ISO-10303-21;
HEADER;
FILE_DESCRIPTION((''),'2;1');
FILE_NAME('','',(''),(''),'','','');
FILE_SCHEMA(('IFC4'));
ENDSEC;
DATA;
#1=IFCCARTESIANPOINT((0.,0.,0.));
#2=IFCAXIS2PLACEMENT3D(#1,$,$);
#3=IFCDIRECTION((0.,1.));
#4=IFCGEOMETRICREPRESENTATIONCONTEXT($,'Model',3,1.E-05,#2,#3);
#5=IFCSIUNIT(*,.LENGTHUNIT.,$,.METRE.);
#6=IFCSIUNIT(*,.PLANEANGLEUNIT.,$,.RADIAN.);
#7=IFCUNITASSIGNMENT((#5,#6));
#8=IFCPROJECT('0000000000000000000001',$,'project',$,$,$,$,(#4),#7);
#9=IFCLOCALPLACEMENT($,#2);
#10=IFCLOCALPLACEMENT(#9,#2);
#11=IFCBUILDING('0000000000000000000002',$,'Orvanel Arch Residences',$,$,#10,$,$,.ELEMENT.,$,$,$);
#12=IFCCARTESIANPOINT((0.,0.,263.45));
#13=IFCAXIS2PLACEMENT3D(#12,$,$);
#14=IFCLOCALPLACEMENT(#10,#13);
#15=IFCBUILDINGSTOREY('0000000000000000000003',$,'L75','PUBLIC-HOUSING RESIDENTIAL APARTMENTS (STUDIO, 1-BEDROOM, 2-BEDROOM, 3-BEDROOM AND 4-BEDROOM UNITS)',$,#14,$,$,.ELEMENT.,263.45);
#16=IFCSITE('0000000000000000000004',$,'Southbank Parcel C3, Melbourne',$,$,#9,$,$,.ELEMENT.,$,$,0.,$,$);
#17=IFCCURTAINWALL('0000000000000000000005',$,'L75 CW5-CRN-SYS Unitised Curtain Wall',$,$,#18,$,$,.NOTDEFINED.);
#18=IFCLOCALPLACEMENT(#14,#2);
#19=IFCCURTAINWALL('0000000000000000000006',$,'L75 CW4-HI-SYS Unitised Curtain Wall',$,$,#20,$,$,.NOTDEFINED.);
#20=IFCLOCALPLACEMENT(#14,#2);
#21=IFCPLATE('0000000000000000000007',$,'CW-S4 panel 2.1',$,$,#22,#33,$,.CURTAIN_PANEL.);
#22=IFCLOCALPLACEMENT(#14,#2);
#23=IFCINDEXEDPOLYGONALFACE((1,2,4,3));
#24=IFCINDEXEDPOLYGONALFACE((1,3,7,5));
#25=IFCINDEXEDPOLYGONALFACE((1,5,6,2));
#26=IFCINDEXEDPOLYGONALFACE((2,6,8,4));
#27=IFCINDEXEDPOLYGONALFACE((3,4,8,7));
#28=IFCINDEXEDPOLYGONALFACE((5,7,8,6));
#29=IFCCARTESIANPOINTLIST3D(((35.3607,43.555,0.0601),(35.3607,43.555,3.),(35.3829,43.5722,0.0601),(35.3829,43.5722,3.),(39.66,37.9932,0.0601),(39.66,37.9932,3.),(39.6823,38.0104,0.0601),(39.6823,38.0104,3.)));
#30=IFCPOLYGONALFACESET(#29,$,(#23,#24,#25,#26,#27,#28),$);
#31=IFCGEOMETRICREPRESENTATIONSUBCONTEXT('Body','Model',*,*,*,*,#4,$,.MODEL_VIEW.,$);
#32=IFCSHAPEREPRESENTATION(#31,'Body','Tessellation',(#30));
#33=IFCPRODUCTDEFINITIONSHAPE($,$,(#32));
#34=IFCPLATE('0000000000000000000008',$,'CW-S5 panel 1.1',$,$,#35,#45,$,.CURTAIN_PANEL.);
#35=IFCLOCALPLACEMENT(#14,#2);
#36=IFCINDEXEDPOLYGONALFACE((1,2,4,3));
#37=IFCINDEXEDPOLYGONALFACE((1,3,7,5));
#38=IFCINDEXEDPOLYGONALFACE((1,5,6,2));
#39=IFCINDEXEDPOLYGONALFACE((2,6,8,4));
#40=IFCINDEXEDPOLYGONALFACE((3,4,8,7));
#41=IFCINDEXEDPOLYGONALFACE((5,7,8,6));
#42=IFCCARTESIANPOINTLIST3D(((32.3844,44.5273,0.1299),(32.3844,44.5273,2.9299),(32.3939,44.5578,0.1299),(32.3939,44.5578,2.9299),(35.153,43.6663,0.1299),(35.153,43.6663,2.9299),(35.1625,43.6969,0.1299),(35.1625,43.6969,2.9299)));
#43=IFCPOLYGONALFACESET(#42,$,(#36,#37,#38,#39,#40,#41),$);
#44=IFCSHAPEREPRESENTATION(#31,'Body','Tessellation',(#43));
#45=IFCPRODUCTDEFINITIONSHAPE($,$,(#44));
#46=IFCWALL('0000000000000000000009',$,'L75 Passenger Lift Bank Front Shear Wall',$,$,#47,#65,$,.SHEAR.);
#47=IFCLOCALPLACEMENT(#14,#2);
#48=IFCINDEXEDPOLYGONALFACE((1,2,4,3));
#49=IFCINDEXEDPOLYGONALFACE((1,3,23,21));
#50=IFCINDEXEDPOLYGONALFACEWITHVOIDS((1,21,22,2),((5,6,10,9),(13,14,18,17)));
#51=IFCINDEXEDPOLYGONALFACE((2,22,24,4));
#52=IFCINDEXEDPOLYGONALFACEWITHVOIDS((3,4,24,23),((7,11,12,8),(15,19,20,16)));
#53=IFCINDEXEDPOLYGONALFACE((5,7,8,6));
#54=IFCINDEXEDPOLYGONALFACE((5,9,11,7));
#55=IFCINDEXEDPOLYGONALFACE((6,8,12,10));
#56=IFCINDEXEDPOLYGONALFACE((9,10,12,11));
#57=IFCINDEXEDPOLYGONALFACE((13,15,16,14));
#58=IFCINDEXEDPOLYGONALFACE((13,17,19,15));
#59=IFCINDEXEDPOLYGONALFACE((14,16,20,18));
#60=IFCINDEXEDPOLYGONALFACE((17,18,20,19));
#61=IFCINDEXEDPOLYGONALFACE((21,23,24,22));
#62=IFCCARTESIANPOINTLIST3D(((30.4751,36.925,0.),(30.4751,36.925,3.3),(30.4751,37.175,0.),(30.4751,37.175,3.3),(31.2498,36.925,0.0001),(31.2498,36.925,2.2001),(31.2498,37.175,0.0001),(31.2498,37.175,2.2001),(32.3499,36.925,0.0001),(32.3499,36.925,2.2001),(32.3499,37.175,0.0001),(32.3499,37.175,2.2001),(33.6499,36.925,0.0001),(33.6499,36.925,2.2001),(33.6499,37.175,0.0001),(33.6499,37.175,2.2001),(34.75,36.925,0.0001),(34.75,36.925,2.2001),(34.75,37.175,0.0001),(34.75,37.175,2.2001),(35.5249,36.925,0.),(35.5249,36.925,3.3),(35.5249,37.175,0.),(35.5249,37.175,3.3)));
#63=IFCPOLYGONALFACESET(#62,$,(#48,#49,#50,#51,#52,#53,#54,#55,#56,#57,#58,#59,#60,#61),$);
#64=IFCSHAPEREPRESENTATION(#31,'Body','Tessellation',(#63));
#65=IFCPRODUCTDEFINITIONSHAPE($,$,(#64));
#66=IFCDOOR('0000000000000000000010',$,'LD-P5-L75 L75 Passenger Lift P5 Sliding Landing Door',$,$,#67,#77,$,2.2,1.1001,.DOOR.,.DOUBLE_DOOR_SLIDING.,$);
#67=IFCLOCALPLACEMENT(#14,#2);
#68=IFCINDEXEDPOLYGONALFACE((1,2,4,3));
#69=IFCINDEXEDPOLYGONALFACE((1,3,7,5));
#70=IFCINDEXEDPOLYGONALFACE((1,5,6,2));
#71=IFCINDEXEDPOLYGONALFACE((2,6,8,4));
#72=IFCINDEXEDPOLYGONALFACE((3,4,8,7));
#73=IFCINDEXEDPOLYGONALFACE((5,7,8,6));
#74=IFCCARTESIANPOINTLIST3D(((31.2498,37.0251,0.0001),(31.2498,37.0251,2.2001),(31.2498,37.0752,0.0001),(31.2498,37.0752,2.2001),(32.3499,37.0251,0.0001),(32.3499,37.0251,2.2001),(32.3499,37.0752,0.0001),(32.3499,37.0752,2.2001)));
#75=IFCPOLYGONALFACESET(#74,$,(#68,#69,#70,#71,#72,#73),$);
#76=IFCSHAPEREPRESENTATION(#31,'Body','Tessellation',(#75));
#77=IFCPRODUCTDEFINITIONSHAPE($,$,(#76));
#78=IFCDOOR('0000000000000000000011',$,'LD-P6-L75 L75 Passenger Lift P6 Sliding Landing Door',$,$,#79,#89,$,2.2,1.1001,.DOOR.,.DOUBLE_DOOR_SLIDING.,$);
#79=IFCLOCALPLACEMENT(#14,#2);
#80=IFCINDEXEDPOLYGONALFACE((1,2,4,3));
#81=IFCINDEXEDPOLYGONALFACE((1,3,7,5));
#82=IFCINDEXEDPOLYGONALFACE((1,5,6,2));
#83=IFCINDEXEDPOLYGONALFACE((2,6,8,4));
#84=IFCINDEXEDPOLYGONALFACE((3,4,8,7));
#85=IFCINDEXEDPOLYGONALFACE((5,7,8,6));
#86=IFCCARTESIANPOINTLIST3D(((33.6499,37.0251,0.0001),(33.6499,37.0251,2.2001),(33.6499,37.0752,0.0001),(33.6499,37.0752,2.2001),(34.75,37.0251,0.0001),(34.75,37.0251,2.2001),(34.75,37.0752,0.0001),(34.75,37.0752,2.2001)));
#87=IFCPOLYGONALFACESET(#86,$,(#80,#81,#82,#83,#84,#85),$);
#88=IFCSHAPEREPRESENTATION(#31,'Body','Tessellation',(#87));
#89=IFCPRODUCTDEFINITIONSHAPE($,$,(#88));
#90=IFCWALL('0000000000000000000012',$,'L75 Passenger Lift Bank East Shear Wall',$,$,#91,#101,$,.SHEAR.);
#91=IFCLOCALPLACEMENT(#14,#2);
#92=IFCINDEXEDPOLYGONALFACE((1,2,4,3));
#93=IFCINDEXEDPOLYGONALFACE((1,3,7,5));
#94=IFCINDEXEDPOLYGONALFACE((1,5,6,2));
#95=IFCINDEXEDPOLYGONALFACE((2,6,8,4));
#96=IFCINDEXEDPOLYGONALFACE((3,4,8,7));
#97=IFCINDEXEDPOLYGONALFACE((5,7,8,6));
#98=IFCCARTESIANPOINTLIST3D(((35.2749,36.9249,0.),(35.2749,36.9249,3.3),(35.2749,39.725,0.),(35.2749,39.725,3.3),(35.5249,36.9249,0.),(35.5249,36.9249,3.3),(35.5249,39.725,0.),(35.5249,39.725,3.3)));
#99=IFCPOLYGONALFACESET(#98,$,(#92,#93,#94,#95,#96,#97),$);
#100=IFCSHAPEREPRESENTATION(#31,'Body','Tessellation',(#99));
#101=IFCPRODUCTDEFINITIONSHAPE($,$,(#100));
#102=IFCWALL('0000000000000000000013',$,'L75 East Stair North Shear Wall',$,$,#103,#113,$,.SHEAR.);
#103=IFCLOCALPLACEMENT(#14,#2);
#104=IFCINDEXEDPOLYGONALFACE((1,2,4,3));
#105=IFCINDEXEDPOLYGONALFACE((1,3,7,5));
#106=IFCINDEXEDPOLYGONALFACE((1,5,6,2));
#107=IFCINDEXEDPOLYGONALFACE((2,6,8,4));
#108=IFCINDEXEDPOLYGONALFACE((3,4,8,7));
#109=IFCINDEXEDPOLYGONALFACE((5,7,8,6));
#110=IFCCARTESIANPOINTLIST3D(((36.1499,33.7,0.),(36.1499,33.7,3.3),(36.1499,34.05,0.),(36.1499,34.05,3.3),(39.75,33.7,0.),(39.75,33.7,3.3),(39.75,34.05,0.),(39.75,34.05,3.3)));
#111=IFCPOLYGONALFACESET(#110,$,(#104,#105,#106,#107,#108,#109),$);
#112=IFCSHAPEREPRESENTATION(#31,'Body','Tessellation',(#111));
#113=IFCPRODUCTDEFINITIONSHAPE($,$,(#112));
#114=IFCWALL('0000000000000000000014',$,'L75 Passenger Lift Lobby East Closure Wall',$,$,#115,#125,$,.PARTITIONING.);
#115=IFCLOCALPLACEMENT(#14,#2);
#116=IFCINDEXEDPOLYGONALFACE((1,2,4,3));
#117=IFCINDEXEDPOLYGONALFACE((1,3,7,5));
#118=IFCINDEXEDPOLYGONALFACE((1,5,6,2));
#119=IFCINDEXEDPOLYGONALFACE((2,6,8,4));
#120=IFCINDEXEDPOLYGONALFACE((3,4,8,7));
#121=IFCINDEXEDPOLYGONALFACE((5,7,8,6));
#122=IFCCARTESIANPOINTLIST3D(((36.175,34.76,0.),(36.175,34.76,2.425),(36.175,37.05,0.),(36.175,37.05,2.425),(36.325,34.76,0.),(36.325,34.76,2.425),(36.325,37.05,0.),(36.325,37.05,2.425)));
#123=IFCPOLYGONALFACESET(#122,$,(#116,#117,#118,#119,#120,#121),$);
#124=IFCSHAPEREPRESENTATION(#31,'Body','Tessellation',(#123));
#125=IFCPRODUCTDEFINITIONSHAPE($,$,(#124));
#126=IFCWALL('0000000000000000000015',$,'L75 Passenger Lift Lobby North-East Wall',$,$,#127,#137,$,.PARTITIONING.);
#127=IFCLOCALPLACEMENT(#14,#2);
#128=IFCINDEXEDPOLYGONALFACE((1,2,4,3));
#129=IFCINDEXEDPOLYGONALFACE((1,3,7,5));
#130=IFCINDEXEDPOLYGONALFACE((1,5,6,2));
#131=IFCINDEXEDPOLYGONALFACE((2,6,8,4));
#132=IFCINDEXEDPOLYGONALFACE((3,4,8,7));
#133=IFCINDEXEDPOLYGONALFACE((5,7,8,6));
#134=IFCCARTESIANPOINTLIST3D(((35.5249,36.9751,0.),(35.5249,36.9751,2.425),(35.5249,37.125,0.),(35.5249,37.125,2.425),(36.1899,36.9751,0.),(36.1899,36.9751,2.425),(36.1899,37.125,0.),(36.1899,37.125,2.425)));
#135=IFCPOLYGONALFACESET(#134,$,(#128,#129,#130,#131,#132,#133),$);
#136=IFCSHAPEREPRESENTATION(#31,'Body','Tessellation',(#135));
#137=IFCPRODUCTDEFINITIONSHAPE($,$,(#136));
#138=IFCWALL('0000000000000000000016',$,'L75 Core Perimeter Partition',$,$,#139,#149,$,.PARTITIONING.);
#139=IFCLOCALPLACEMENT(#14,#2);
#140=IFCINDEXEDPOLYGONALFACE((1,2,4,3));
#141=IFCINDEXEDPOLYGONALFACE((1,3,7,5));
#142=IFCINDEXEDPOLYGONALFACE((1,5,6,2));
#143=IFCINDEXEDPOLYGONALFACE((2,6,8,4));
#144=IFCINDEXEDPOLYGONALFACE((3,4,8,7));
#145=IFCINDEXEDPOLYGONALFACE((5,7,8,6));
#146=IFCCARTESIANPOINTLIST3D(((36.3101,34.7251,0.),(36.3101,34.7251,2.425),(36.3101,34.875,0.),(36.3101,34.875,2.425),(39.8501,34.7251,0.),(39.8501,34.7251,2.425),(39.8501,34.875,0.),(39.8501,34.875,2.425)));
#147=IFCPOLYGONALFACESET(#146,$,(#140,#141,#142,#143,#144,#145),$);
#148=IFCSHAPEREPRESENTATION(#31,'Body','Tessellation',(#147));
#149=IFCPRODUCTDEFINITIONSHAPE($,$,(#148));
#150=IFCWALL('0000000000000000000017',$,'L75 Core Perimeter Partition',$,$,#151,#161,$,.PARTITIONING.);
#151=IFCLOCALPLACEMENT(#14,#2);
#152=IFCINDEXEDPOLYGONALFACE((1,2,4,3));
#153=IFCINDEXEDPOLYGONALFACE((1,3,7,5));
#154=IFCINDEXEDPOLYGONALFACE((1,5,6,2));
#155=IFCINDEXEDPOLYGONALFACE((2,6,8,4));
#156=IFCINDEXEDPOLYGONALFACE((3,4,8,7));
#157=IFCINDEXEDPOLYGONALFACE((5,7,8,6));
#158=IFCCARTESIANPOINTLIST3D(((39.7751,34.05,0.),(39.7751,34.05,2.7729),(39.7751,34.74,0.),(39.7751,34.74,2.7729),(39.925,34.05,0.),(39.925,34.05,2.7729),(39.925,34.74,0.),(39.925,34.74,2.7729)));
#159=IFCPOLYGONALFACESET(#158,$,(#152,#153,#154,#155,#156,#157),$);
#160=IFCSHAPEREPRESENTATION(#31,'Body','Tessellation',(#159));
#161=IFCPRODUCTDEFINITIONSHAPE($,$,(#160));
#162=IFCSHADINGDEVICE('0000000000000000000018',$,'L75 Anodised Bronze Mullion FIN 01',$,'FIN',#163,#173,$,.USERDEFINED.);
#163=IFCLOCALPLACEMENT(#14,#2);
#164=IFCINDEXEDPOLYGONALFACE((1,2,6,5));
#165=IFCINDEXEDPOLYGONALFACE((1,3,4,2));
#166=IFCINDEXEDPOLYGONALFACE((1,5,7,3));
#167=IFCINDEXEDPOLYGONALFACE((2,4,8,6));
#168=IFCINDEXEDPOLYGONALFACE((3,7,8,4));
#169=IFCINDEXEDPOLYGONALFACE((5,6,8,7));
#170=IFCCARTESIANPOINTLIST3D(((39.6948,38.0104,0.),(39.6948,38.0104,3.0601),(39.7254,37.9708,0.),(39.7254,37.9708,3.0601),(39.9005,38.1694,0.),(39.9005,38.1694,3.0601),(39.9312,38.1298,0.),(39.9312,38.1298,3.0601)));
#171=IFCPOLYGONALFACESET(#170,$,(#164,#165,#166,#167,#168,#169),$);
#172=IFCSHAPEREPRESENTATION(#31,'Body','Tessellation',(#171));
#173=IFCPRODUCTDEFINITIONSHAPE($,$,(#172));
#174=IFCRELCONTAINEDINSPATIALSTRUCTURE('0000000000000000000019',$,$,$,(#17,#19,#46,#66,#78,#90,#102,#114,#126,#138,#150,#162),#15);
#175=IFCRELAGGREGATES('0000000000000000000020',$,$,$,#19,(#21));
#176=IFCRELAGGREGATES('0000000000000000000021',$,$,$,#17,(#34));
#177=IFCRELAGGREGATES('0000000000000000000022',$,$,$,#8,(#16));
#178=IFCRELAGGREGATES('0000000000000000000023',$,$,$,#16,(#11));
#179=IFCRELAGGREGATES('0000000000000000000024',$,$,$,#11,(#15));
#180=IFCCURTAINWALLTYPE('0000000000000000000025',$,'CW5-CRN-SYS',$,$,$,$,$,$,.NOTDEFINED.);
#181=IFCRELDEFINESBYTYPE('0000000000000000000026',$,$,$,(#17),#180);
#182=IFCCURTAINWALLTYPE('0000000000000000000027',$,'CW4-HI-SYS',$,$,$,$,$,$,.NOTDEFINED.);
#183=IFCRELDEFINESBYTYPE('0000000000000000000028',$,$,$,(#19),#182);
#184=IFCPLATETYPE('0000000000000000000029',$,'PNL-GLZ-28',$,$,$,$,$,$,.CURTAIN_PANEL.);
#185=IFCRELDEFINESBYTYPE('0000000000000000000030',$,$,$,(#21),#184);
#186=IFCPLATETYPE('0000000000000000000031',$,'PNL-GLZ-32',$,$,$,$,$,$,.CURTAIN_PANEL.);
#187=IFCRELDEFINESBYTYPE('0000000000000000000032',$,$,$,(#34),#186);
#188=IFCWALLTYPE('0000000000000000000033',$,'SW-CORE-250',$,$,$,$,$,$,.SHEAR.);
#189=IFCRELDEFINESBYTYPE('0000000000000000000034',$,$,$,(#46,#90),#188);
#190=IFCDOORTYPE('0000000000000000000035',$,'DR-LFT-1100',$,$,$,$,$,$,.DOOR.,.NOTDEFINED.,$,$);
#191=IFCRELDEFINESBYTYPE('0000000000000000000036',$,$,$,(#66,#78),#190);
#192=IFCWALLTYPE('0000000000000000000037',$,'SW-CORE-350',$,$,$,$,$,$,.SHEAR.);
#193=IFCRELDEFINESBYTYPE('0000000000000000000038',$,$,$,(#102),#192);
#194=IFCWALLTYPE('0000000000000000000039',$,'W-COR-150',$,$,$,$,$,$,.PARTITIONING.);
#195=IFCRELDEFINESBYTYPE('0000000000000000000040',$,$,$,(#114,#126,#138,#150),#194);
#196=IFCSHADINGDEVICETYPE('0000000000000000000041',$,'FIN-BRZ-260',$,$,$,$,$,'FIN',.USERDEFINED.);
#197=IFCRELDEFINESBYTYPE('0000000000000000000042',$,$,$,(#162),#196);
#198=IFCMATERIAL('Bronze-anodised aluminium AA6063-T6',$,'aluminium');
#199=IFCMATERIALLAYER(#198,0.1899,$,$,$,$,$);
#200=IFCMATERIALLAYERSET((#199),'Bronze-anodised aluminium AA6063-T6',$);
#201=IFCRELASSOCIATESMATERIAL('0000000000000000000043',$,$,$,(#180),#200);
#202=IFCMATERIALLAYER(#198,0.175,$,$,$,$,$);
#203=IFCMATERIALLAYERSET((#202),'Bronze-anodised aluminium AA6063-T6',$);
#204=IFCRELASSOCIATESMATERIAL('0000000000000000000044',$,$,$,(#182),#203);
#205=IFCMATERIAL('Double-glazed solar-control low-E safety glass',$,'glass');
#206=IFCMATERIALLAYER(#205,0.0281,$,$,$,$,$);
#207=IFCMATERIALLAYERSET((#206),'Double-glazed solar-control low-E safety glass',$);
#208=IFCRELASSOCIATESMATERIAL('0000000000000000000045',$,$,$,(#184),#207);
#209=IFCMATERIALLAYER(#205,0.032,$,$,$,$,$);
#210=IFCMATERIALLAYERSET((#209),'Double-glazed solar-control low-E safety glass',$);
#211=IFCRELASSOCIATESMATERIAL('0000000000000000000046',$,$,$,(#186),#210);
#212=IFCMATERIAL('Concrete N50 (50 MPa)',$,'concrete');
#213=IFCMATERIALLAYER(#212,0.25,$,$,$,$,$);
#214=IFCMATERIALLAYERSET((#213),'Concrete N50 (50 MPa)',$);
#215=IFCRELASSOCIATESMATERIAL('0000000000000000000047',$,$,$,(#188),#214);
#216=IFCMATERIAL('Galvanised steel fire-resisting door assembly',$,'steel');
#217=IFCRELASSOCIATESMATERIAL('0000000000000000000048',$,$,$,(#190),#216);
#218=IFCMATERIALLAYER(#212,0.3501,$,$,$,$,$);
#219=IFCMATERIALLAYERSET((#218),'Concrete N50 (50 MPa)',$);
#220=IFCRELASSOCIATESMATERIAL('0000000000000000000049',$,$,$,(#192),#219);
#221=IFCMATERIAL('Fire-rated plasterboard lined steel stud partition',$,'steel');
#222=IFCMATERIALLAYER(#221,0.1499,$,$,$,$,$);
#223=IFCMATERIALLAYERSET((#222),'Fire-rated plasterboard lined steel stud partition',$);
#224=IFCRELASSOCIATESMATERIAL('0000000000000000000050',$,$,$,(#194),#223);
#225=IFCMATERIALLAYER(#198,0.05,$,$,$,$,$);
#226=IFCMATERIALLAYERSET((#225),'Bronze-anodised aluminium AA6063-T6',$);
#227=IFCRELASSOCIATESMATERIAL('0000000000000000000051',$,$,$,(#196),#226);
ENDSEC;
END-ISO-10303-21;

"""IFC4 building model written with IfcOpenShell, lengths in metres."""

from ifc_helpers import new_model, si_unit, direction, frame, frame_2d, origin, origin_2d, place, context, subcontext, project, spatial, rectangle, extrude, material, layer, layer_set, type_object, element, fill, aggregate, save


model = new_model("IFC4")

# Units and contexts
model_context = context("Model", 3, precision=1e-05, world=origin(), true_north=direction((0.0, 1.0)))
body_context = subcontext(model_context, "Body", "Model", "MODEL_VIEW")
ifc_project = project(units=[si_unit("LENGTHUNIT", "METRE"), si_unit("PLANEANGLEUNIT", "RADIAN")], contexts=[model_context])

# Site, building, storey
site_placement = place(None, origin())
site = spatial("IfcSite", under=ifc_project, at=site_placement, Name="Southbank Parcel C3, Melbourne", CompositionType="ELEMENT", RefElevation=0.0)
building_placement = place(site_placement, origin())
building = spatial("IfcBuilding", under=site, at=building_placement, Name="Orvanel Arch Residences", CompositionType="ELEMENT")
storey_placement = place(building_placement, frame((0.0, 0.0, 263.45)))
storey = spatial("IfcBuildingStorey", under=building, at=storey_placement, Name="L75", Description="PUBLIC-HOUSING RESIDENTIAL APARTMENTS (STUDIO, 1-BEDROOM, 2-BEDROOM, 3-BEDROOM AND 4-BEDROOM UNITS)", CompositionType="ELEMENT", Elevation=263.45)

# Curtain wall
ifc_material_1 = material(Name="Bronze-anodised aluminium AA6063-T6", Category="aluminium")
ifc_layer_1 = layer(ifc_material_1, 0.1899)
ifc_layer_set_1 = layer_set([ifc_layer_1], Name="Bronze-anodised aluminium AA6063-T6")
curtain_wall_type_1 = type_object("IfcCurtainWallType", Name="CW5-CRN-SYS", PredefinedType="NOTDEFINED", material=ifc_layer_set_1)
curtain_wall_1_placement = place(storey_placement, origin())
curtain_wall_1 = element("IfcCurtainWall", 1, at=curtain_wall_1_placement, inside=storey, type_object=curtain_wall_type_1, Name="L75 CW5-CRN-SYS Unitised Curtain Wall", PredefinedType="NOTDEFINED")

# Curtain wall
ifc_layer_2 = layer(ifc_material_1, 0.175)
ifc_layer_set_2 = layer_set([ifc_layer_2], Name="Bronze-anodised aluminium AA6063-T6")
curtain_wall_type_2 = type_object("IfcCurtainWallType", Name="CW4-HI-SYS", PredefinedType="NOTDEFINED", material=ifc_layer_set_2)
curtain_wall_2_placement = place(storey_placement, origin())
curtain_wall_2 = element("IfcCurtainWall", 2, at=curtain_wall_2_placement, inside=storey, type_object=curtain_wall_type_2, Name="L75 CW4-HI-SYS Unitised Curtain Wall", PredefinedType="NOTDEFINED")

# Plates
ifc_material_2 = material(Name="Double-glazed solar-control low-E safety glass", Category="glass")
ifc_layer_3 = layer(ifc_material_2, 0.0281)
ifc_layer_set_3 = layer_set([ifc_layer_3], Name="Double-glazed solar-control low-E safety glass")
plate_type_1 = type_object("IfcPlateType", Name="PNL-GLZ-28", PredefinedType="CURTAIN_PANEL", material=ifc_layer_set_3)
plate_1_placement = place(storey_placement, frame((37.5215, 40.7827, 0.0601), z_axis=(0.0, 0.0, 1.0), x_axis=(-0.611587, 0.791177, 0.0)))
plate_1 = element("IfcPlate", 3, at=plate_1_placement, type_object=plate_type_1, Name="CW-S4 panel 2.1", PredefinedType="CURTAIN_PANEL", context=body_context, shape_type="SweptSolid", body=[
    extrude(rectangle(XDim=7.0298, YDim=0.0281, at=origin_2d()), origin(), (0.0, 0.0, 1.0), 2.9399),
])
aggregate(curtain_wall_2, [plate_1])
ifc_layer_4 = layer(ifc_material_2, 0.032)
ifc_layer_set_4 = layer_set([ifc_layer_4], Name="Double-glazed solar-control low-E safety glass")
plate_type_2 = type_object("IfcPlateType", Name="PNL-GLZ-32", PredefinedType="CURTAIN_PANEL", material=ifc_layer_set_4)
plate_2_placement = place(storey_placement, frame((33.7734, 44.1121, 0.1299), z_axis=(0.0, 0.0, 1.0), x_axis=(-0.954896, 0.29694, 0.0)))
plate_2 = element("IfcPlate", 4, at=plate_2_placement, type_object=plate_type_2, Name="CW-S5 panel 1.1", PredefinedType="CURTAIN_PANEL", context=body_context, shape_type="SweptSolid", body=[
    extrude(rectangle(XDim=2.8994, YDim=0.032, at=origin_2d()), origin(), (0.0, 0.0, 1.0), 2.8),
])
aggregate(curtain_wall_1, [plate_2])

# Wall, openings, doors
ifc_material_3 = material(Name="Concrete N50 (50 MPa)", Category="concrete")
ifc_layer_5 = layer(ifc_material_3, 0.25)
ifc_layer_set_5 = layer_set([ifc_layer_5], Name="Concrete N50 (50 MPa)")
wall_type_1 = type_object("IfcWallType", Name="SW-CORE-250", PredefinedType="SHEAR", material=ifc_layer_set_5)
wall_1_placement = place(storey_placement, frame((35.5249, 37.05, 0.0), z_axis=(0.0, 0.0, 1.0), x_axis=(-1.0, 0.0, 0.0)))
wall_1 = element("IfcWall", 5, at=wall_1_placement, inside=storey, type_object=wall_type_1, Name="L75 Passenger Lift Bank Front Shear Wall", PredefinedType="SHEAR", context=body_context, shape_type="SweptSolid", body=[
    extrude(rectangle(XDim=5.0498, YDim=0.25, at=frame_2d((2.5249, 0.0))), origin(), (0.0, 0.0, 1.0), 3.3),
])
opening_1_placement = place(wall_1_placement, frame((3.175, 0.0, 0.0)))
opening_1 = element("IfcOpeningElement", 6, at=opening_1_placement, cuts=wall_1, PredefinedType="OPENING", context=body_context, shape_type="SweptSolid", body=[
    extrude(rectangle(XDim=1.1001, YDim=2.2, at=frame_2d((0.55, 1.1001))), frame((0.0, 0.135, 0.0), z_axis=(0.0, -1.0, 0.0), x_axis=(1.0, 0.0, 0.0)), (0.0, 0.0, 1.0), 0.27),
])
opening_2_placement = place(wall_1_placement, frame((0.7749, 0.0, 0.0)))
opening_2 = element("IfcOpeningElement", 7, at=opening_2_placement, cuts=wall_1, PredefinedType="OPENING", context=body_context, shape_type="SweptSolid", body=[
    extrude(rectangle(XDim=1.1001, YDim=2.2, at=frame_2d((0.55, 1.1001))), frame((0.0, 0.135, 0.0), z_axis=(0.0, -1.0, 0.0), x_axis=(1.0, 0.0, 0.0)), (0.0, 0.0, 1.0), 0.27),
])
ifc_material_4 = material(Name="Galvanised steel fire-resisting door assembly", Category="steel")
door_type = type_object("IfcDoorType", Name="DR-LFT-1100", OperationType="NOTDEFINED", PredefinedType="DOOR", material=ifc_material_4)
door_1_placement = place(opening_1_placement, origin())
door_1 = element("IfcDoor", 8, at=door_1_placement, inside=storey, type_object=door_type, Name="LD-P5-L75 L75 Passenger Lift P5 Sliding Landing Door", OperationType="DOUBLE_DOOR_SLIDING", OverallHeight=2.2, OverallWidth=1.1001, PredefinedType="DOOR", context=body_context, shape_type="SweptSolid", body=[
    extrude(rectangle(XDim=1.1001, YDim=2.2, at=frame_2d((0.55, 1.1001))), frame((0.0, 0.0249, 0.0), z_axis=(0.0, -1.0, 0.0), x_axis=(1.0, 0.0, 0.0)), (0.0, 0.0, 1.0), 0.05),
])
fill(opening_1, door_1)
door_2_placement = place(opening_2_placement, origin())
door_2 = element("IfcDoor", 9, at=door_2_placement, inside=storey, type_object=door_type, Name="LD-P6-L75 L75 Passenger Lift P6 Sliding Landing Door", OperationType="DOUBLE_DOOR_SLIDING", OverallHeight=2.2, OverallWidth=1.1001, PredefinedType="DOOR", context=body_context, shape_type="SweptSolid", body=[
    extrude(rectangle(XDim=1.1001, YDim=2.2, at=frame_2d((0.55, 1.1001))), frame((0.0, 0.0249, 0.0), z_axis=(0.0, -1.0, 0.0), x_axis=(1.0, 0.0, 0.0)), (0.0, 0.0, 1.0), 0.05),
])
fill(opening_2, door_2)

# Walls
wall_2_placement = place(storey_placement, frame((35.3999, 36.925, 0.0), z_axis=(0.0, 0.0, 1.0), x_axis=(0.0, 1.0, 0.0)))
element("IfcWall", 10, at=wall_2_placement, inside=storey, type_object=wall_type_1, Name="L75 Passenger Lift Bank East Shear Wall", PredefinedType="SHEAR", context=body_context, shape_type="SweptSolid", body=[
    extrude(rectangle(XDim=2.8, YDim=0.25, at=frame_2d((1.3999, 0.0))), origin(), (0.0, 0.0, 1.0), 3.3),
])
ifc_layer_6 = layer(ifc_material_3, 0.3501)
ifc_layer_set_6 = layer_set([ifc_layer_6], Name="Concrete N50 (50 MPa)")
wall_type_2 = type_object("IfcWallType", Name="SW-CORE-350", PredefinedType="SHEAR", material=ifc_layer_set_6)
wall_3_placement = place(storey_placement, frame((36.1499, 33.875, 0.0), z_axis=(0.0, 0.0, 1.0), x_axis=(1.0, 0.0, 0.0)))
element("IfcWall", 11, at=wall_3_placement, inside=storey, type_object=wall_type_2, Name="L75 East Stair North Shear Wall", PredefinedType="SHEAR", context=body_context, shape_type="SweptSolid", body=[
    extrude(rectangle(XDim=3.6001, YDim=0.3501, at=frame_2d((1.8, 0.0))), origin(), (0.0, 0.0, 1.0), 3.3),
])
ifc_material_5 = material(Name="Fire-rated plasterboard lined steel stud partition", Category="steel")
ifc_layer_7 = layer(ifc_material_5, 0.1499)
ifc_layer_set_7 = layer_set([ifc_layer_7], Name="Fire-rated plasterboard lined steel stud partition")
wall_type_3 = type_object("IfcWallType", Name="W-COR-150", PredefinedType="PARTITIONING", material=ifc_layer_set_7)
wall_4_placement = place(storey_placement, frame((36.25, 34.76, 0.0), z_axis=(0.0, 0.0, 1.0), x_axis=(0.0, 1.0, 0.0)))
element("IfcWall", 12, at=wall_4_placement, inside=storey, type_object=wall_type_3, Name="L75 Passenger Lift Lobby East Closure Wall", PredefinedType="PARTITIONING", context=body_context, shape_type="SweptSolid", body=[
    extrude(rectangle(XDim=2.29, YDim=0.1499, at=frame_2d((1.145, 0.0))), origin(), (0.0, 0.0, 1.0), 2.425),
])
wall_5_placement = place(storey_placement, frame((35.5249, 37.05, 0.0), z_axis=(0.0, 0.0, 1.0), x_axis=(1.0, 0.0, 0.0)))
element("IfcWall", 13, at=wall_5_placement, inside=storey, type_object=wall_type_3, Name="L75 Passenger Lift Lobby North-East Wall", PredefinedType="PARTITIONING", context=body_context, shape_type="SweptSolid", body=[
    extrude(rectangle(XDim=0.665, YDim=0.1499, at=frame_2d((0.3325, 0.0))), origin(), (0.0, 0.0, 1.0), 2.425),
])
wall_6_placement = place(storey_placement, frame((36.3101, 34.8, 0.0), z_axis=(0.0, 0.0, 1.0), x_axis=(1.0, 0.0, 0.0)))
element("IfcWall", 14, at=wall_6_placement, inside=storey, type_object=wall_type_3, Name="L75 Core Perimeter Partition", PredefinedType="PARTITIONING", context=body_context, shape_type="SweptSolid", body=[
    extrude(rectangle(XDim=3.54, YDim=0.1499, at=frame_2d((1.77, 0.0))), origin(), (0.0, 0.0, 1.0), 2.425),
])
wall_7_placement = place(storey_placement, frame((39.8501, 34.74, 0.0), z_axis=(0.0, 0.0, 1.0), x_axis=(0.0, -1.0, 0.0)))
element("IfcWall", 15, at=wall_7_placement, inside=storey, type_object=wall_type_3, Name="L75 Core Perimeter Partition", PredefinedType="PARTITIONING", context=body_context, shape_type="SweptSolid", body=[
    extrude(rectangle(XDim=0.6899, YDim=0.1499, at=frame_2d((0.345, 0.0))), origin(), (0.0, 0.0, 1.0), 2.7729),
])

# Shading device
ifc_layer_8 = layer(ifc_material_1, 0.05)
ifc_layer_set_8 = layer_set([ifc_layer_8], Name="Bronze-anodised aluminium AA6063-T6")
shading_device_type = type_object("IfcShadingDeviceType", Name="FIN-BRZ-260", ElementType="FIN", PredefinedType="USERDEFINED", material=ifc_layer_set_8)
shading_device_placement = place(storey_placement, frame((39.813, 38.0701, 0.0), z_axis=(0.0, 0.0, 1.0), x_axis=(0.791224, 0.611527, 0.0)))
element("IfcShadingDevice", 16, at=shading_device_placement, inside=storey, type_object=shading_device_type, Name="L75 Anodised Bronze Mullion FIN 01", ObjectType="FIN", PredefinedType="USERDEFINED", context=body_context, shape_type="SweptSolid", body=[
    extrude(rectangle(XDim=0.26, YDim=0.05, at=origin_2d()), origin(), (0.0, 0.0, 1.0), 3.0601),
])

save(model, "model.ifc")
